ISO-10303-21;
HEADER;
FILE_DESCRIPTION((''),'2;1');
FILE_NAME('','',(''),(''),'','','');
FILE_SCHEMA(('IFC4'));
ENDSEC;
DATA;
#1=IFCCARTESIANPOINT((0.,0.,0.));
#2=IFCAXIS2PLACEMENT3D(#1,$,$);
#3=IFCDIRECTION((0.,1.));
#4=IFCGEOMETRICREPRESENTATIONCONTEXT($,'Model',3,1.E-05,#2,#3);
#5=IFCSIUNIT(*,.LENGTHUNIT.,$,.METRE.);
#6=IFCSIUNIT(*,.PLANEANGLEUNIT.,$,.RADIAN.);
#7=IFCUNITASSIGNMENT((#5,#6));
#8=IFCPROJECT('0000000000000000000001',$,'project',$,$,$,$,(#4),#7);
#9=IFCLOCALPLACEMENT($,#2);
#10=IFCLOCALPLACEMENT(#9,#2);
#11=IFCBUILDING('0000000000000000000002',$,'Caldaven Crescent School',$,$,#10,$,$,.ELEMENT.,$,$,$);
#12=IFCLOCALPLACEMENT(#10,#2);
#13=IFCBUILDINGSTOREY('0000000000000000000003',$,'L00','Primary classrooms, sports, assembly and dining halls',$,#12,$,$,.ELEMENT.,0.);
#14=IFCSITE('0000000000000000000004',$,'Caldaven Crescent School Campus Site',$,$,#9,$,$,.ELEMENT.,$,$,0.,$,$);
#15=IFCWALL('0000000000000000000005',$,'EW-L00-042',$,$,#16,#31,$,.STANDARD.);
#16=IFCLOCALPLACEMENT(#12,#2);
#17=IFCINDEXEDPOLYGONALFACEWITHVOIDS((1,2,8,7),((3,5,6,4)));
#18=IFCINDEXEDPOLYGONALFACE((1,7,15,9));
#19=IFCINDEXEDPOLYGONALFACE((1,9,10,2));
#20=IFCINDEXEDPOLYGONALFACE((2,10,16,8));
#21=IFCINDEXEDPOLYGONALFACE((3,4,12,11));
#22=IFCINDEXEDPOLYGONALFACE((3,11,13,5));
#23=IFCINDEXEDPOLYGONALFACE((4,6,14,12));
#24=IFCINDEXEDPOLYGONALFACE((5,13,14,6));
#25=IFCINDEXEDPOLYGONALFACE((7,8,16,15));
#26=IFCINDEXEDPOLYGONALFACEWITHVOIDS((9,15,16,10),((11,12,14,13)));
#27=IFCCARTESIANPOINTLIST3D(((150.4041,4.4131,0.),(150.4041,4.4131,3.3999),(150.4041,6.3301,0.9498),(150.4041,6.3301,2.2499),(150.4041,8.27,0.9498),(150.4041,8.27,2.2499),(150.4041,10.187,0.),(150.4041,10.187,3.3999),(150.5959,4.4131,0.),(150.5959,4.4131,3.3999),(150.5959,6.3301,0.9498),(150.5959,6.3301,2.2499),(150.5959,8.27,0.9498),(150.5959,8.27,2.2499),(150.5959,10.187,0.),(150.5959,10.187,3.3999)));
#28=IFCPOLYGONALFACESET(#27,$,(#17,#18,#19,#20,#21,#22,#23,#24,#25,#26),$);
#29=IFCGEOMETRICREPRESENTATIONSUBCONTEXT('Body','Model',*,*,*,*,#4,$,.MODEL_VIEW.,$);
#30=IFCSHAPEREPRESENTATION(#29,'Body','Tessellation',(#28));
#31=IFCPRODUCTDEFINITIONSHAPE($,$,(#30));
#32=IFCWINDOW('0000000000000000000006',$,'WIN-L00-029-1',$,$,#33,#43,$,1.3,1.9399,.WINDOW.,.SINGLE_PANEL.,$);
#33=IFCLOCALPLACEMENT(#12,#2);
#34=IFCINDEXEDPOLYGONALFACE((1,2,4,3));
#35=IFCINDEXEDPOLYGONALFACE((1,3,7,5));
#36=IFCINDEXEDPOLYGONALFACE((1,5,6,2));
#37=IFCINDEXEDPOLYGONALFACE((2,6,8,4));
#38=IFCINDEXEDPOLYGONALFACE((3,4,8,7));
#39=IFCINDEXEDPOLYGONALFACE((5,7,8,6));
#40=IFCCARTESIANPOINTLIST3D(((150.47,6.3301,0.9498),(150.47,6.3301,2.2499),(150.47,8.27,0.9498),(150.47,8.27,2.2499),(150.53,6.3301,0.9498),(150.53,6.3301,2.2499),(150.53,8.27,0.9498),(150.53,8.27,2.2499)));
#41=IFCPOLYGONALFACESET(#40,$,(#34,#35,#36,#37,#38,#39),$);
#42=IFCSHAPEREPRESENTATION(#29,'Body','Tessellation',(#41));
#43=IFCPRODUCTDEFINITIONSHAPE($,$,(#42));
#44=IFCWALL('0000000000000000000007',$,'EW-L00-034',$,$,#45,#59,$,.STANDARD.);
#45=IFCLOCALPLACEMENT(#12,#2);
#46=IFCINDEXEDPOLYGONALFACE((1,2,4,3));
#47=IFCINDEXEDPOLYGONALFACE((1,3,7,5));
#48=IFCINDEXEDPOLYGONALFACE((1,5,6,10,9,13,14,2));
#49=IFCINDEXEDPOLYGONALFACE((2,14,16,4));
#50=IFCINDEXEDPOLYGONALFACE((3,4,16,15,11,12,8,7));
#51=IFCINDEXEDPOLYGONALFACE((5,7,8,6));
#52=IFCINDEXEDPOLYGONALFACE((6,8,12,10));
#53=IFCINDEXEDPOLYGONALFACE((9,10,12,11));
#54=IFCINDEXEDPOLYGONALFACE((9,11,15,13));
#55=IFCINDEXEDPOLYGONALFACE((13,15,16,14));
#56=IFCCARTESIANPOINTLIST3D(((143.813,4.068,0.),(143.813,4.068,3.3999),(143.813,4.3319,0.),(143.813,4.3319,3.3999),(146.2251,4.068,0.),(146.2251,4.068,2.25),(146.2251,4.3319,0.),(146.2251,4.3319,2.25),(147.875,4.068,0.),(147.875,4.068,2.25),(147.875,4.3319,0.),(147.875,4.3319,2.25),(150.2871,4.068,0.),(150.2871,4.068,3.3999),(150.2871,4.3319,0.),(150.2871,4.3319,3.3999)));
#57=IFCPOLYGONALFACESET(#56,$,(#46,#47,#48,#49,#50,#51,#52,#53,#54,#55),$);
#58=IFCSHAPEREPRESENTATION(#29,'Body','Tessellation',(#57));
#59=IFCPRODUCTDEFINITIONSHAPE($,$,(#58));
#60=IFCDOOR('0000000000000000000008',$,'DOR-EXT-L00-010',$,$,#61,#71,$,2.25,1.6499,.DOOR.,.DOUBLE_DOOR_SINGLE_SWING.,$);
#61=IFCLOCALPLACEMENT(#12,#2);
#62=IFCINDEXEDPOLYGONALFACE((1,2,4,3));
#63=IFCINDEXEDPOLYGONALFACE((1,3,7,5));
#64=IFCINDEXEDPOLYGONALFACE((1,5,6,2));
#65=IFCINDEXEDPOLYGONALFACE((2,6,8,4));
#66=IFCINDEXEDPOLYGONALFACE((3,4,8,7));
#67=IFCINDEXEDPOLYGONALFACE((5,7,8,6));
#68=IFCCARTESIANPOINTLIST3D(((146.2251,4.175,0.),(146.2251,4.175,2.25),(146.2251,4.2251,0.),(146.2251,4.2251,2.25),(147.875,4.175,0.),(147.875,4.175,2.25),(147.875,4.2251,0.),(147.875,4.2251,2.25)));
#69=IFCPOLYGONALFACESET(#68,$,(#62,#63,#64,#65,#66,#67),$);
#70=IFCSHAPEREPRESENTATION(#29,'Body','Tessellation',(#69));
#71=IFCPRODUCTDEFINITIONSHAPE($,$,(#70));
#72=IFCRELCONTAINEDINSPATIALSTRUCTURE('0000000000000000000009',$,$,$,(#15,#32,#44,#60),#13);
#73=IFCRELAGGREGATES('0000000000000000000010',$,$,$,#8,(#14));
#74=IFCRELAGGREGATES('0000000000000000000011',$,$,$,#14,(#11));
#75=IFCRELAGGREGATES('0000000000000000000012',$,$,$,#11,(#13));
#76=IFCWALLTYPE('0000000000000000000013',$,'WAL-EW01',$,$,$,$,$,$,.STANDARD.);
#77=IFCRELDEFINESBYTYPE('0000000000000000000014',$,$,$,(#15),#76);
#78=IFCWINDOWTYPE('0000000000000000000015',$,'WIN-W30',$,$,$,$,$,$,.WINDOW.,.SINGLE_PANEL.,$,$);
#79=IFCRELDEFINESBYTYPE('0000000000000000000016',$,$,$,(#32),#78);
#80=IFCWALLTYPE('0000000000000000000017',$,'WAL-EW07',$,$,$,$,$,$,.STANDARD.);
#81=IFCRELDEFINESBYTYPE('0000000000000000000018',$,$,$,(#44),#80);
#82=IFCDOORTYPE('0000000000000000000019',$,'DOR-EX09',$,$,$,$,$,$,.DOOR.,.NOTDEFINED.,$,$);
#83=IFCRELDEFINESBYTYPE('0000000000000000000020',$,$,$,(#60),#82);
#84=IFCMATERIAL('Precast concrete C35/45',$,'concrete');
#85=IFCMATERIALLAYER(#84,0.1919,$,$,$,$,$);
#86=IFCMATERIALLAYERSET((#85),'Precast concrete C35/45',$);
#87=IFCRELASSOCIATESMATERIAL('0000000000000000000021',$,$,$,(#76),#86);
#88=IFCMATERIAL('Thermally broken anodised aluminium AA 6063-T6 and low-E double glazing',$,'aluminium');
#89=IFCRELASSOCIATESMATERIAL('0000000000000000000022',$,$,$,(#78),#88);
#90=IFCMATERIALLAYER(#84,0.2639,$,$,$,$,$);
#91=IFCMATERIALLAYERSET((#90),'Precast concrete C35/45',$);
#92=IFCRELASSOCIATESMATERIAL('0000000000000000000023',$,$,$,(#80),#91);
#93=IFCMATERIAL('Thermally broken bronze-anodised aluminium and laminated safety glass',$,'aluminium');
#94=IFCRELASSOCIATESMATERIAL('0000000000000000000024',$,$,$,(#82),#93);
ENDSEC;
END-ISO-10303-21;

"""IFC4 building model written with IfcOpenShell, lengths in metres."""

from ifc_helpers import new_model, si_unit, direction, frame, frame_2d, origin, place, context, subcontext, project, spatial, rectangle, extrude, material, layer, layer_set, type_object, element, fill, save


model = new_model("IFC4")

# Units and contexts
model_context = context("Model", 3, precision=1e-05, world=origin(), true_north=direction((0.0, 1.0)))
body_context = subcontext(model_context, "Body", "Model", "MODEL_VIEW")
ifc_project = project(units=[si_unit("LENGTHUNIT", "METRE"), si_unit("PLANEANGLEUNIT", "RADIAN")], contexts=[model_context])

# Site, building, storey
site_placement = place(None, origin())
site = spatial("IfcSite", under=ifc_project, at=site_placement, Name="Caldaven Crescent School Campus Site", CompositionType="ELEMENT", RefElevation=0.0)
building_placement = place(site_placement, origin())
building = spatial("IfcBuilding", under=site, at=building_placement, Name="Caldaven Crescent School", CompositionType="ELEMENT")
storey_placement = place(building_placement, origin())
storey = spatial("IfcBuildingStorey", under=building, at=storey_placement, Name="L00", Description="Primary classrooms, sports, assembly and dining halls", CompositionType="ELEMENT", Elevation=0.0)

# Wall, opening, window
ifc_material_1 = material(Name="Precast concrete C35/45", Category="concrete")
ifc_layer_1 = layer(ifc_material_1, 0.1919)
ifc_layer_set_1 = layer_set([ifc_layer_1], Name="Precast concrete C35/45")
wall_type_1 = type_object("IfcWallType", Name="WAL-EW01", PredefinedType="STANDARD", material=ifc_layer_set_1)
wall_1_placement = place(storey_placement, frame((150.5, 4.4131, 0.0), z_axis=(0.0, 0.0, 1.0), x_axis=(0.0, 1.0, 0.0)))
wall_1 = element("IfcWall", 1, at=wall_1_placement, inside=storey, type_object=wall_type_1, Name="EW-L00-042", PredefinedType="STANDARD", context=body_context, shape_type="SweptSolid", body=[
    extrude(rectangle(XDim=5.7739, YDim=0.1919, at=frame_2d((2.887, 0.0))), origin(), (0.0, 0.0, 1.0), 3.3999),
])
opening_1_placement = place(wall_1_placement, frame((1.917, 0.0, 0.95)))
opening_1 = element("IfcOpeningElement", 2, at=opening_1_placement, cuts=wall_1, PredefinedType="OPENING", context=body_context, shape_type="SweptSolid", body=[
    extrude(rectangle(XDim=1.9399, YDim=1.3, at=frame_2d((0.97, 0.6499))), frame((0.0, 0.106, 0.0), z_axis=(0.0, -1.0, 0.0), x_axis=(1.0, 0.0, 0.0)), (0.0, 0.0, 1.0), 0.2119),
])
ifc_material_2 = material(Name="Thermally broken anodised aluminium AA 6063-T6 and low-E double glazing", Category="aluminium")
window_type = type_object("IfcWindowType", Name="WIN-W30", PartitioningType="SINGLE_PANEL", PredefinedType="WINDOW", material=ifc_material_2)
window_placement = place(opening_1_placement, origin())
window = element("IfcWindow", 3, at=window_placement, inside=storey, type_object=window_type, Name="WIN-L00-029-1", OverallHeight=1.3, OverallWidth=1.9399, PartitioningType="SINGLE_PANEL", PredefinedType="WINDOW", context=body_context, shape_type="SweptSolid", body=[
    extrude(rectangle(XDim=1.9399, YDim=1.3, at=frame_2d((0.97, 0.6499))), frame((0.0, 0.03, 0.0), z_axis=(0.0, -1.0, 0.0), x_axis=(1.0, 0.0, 0.0)), (0.0, 0.0, 1.0), 0.0601),
])
fill(opening_1, window)

# Wall, opening, door
ifc_layer_2 = layer(ifc_material_1, 0.2639)
ifc_layer_set_2 = layer_set([ifc_layer_2], Name="Precast concrete C35/45")
wall_type_2 = type_object("IfcWallType", Name="WAL-EW07", PredefinedType="STANDARD", material=ifc_layer_set_2)
wall_2_placement = place(storey_placement, frame((143.813, 4.2, 0.0), z_axis=(0.0, 0.0, 1.0), x_axis=(1.0, 0.0, 0.0)))
wall_2 = element("IfcWall", 4, at=wall_2_placement, inside=storey, type_object=wall_type_2, Name="EW-L00-034", PredefinedType="STANDARD", context=body_context, shape_type="SweptSolid", body=[
    extrude(rectangle(XDim=6.4741, YDim=0.2639, at=frame_2d((3.2371, 0.0))), origin(), (0.0, 0.0, 1.0), 3.3999),
])
opening_2_placement = place(wall_2_placement, frame((2.4121, 0.0, 0.0)))
opening_2 = element("IfcOpeningElement", 5, at=opening_2_placement, cuts=wall_2, PredefinedType="OPENING", context=body_context, shape_type="SweptSolid", body=[
    extrude(rectangle(XDim=1.6499, YDim=2.25, at=frame_2d((0.825, 1.125))), frame((0.0, 0.1418, 0.0), z_axis=(0.0, -1.0, 0.0), x_axis=(1.0, 0.0, 0.0)), (0.0, 0.0, 1.0), 0.2839),
])
ifc_material_3 = material(Name="Thermally broken bronze-anodised aluminium and laminated safety glass", Category="aluminium")
door_type = type_object("IfcDoorType", Name="DOR-EX09", OperationType="NOTDEFINED", PredefinedType="DOOR", material=ifc_material_3)
door_placement = place(opening_2_placement, frame((1.6499, 0.0, 0.0), z_axis=(0.0, 0.0, 1.0), x_axis=(-1.0, 0.0, 0.0)))
door = element("IfcDoor", 6, at=door_placement, inside=storey, type_object=door_type, Name="DOR-EXT-L00-010", OperationType="DOUBLE_DOOR_SINGLE_SWING", OverallHeight=2.25, OverallWidth=1.6499, PredefinedType="DOOR", context=body_context, shape_type="SweptSolid", body=[
    extrude(rectangle(XDim=1.6499, YDim=2.25, at=frame_2d((0.825, 1.125))), frame((0.0, 0.0249, 0.0), z_axis=(0.0, -1.0, 0.0), x_axis=(1.0, 0.0, 0.0)), (0.0, 0.0, 1.0), 0.05),
])
fill(opening_2, door)

save(model, "model.ifc")
